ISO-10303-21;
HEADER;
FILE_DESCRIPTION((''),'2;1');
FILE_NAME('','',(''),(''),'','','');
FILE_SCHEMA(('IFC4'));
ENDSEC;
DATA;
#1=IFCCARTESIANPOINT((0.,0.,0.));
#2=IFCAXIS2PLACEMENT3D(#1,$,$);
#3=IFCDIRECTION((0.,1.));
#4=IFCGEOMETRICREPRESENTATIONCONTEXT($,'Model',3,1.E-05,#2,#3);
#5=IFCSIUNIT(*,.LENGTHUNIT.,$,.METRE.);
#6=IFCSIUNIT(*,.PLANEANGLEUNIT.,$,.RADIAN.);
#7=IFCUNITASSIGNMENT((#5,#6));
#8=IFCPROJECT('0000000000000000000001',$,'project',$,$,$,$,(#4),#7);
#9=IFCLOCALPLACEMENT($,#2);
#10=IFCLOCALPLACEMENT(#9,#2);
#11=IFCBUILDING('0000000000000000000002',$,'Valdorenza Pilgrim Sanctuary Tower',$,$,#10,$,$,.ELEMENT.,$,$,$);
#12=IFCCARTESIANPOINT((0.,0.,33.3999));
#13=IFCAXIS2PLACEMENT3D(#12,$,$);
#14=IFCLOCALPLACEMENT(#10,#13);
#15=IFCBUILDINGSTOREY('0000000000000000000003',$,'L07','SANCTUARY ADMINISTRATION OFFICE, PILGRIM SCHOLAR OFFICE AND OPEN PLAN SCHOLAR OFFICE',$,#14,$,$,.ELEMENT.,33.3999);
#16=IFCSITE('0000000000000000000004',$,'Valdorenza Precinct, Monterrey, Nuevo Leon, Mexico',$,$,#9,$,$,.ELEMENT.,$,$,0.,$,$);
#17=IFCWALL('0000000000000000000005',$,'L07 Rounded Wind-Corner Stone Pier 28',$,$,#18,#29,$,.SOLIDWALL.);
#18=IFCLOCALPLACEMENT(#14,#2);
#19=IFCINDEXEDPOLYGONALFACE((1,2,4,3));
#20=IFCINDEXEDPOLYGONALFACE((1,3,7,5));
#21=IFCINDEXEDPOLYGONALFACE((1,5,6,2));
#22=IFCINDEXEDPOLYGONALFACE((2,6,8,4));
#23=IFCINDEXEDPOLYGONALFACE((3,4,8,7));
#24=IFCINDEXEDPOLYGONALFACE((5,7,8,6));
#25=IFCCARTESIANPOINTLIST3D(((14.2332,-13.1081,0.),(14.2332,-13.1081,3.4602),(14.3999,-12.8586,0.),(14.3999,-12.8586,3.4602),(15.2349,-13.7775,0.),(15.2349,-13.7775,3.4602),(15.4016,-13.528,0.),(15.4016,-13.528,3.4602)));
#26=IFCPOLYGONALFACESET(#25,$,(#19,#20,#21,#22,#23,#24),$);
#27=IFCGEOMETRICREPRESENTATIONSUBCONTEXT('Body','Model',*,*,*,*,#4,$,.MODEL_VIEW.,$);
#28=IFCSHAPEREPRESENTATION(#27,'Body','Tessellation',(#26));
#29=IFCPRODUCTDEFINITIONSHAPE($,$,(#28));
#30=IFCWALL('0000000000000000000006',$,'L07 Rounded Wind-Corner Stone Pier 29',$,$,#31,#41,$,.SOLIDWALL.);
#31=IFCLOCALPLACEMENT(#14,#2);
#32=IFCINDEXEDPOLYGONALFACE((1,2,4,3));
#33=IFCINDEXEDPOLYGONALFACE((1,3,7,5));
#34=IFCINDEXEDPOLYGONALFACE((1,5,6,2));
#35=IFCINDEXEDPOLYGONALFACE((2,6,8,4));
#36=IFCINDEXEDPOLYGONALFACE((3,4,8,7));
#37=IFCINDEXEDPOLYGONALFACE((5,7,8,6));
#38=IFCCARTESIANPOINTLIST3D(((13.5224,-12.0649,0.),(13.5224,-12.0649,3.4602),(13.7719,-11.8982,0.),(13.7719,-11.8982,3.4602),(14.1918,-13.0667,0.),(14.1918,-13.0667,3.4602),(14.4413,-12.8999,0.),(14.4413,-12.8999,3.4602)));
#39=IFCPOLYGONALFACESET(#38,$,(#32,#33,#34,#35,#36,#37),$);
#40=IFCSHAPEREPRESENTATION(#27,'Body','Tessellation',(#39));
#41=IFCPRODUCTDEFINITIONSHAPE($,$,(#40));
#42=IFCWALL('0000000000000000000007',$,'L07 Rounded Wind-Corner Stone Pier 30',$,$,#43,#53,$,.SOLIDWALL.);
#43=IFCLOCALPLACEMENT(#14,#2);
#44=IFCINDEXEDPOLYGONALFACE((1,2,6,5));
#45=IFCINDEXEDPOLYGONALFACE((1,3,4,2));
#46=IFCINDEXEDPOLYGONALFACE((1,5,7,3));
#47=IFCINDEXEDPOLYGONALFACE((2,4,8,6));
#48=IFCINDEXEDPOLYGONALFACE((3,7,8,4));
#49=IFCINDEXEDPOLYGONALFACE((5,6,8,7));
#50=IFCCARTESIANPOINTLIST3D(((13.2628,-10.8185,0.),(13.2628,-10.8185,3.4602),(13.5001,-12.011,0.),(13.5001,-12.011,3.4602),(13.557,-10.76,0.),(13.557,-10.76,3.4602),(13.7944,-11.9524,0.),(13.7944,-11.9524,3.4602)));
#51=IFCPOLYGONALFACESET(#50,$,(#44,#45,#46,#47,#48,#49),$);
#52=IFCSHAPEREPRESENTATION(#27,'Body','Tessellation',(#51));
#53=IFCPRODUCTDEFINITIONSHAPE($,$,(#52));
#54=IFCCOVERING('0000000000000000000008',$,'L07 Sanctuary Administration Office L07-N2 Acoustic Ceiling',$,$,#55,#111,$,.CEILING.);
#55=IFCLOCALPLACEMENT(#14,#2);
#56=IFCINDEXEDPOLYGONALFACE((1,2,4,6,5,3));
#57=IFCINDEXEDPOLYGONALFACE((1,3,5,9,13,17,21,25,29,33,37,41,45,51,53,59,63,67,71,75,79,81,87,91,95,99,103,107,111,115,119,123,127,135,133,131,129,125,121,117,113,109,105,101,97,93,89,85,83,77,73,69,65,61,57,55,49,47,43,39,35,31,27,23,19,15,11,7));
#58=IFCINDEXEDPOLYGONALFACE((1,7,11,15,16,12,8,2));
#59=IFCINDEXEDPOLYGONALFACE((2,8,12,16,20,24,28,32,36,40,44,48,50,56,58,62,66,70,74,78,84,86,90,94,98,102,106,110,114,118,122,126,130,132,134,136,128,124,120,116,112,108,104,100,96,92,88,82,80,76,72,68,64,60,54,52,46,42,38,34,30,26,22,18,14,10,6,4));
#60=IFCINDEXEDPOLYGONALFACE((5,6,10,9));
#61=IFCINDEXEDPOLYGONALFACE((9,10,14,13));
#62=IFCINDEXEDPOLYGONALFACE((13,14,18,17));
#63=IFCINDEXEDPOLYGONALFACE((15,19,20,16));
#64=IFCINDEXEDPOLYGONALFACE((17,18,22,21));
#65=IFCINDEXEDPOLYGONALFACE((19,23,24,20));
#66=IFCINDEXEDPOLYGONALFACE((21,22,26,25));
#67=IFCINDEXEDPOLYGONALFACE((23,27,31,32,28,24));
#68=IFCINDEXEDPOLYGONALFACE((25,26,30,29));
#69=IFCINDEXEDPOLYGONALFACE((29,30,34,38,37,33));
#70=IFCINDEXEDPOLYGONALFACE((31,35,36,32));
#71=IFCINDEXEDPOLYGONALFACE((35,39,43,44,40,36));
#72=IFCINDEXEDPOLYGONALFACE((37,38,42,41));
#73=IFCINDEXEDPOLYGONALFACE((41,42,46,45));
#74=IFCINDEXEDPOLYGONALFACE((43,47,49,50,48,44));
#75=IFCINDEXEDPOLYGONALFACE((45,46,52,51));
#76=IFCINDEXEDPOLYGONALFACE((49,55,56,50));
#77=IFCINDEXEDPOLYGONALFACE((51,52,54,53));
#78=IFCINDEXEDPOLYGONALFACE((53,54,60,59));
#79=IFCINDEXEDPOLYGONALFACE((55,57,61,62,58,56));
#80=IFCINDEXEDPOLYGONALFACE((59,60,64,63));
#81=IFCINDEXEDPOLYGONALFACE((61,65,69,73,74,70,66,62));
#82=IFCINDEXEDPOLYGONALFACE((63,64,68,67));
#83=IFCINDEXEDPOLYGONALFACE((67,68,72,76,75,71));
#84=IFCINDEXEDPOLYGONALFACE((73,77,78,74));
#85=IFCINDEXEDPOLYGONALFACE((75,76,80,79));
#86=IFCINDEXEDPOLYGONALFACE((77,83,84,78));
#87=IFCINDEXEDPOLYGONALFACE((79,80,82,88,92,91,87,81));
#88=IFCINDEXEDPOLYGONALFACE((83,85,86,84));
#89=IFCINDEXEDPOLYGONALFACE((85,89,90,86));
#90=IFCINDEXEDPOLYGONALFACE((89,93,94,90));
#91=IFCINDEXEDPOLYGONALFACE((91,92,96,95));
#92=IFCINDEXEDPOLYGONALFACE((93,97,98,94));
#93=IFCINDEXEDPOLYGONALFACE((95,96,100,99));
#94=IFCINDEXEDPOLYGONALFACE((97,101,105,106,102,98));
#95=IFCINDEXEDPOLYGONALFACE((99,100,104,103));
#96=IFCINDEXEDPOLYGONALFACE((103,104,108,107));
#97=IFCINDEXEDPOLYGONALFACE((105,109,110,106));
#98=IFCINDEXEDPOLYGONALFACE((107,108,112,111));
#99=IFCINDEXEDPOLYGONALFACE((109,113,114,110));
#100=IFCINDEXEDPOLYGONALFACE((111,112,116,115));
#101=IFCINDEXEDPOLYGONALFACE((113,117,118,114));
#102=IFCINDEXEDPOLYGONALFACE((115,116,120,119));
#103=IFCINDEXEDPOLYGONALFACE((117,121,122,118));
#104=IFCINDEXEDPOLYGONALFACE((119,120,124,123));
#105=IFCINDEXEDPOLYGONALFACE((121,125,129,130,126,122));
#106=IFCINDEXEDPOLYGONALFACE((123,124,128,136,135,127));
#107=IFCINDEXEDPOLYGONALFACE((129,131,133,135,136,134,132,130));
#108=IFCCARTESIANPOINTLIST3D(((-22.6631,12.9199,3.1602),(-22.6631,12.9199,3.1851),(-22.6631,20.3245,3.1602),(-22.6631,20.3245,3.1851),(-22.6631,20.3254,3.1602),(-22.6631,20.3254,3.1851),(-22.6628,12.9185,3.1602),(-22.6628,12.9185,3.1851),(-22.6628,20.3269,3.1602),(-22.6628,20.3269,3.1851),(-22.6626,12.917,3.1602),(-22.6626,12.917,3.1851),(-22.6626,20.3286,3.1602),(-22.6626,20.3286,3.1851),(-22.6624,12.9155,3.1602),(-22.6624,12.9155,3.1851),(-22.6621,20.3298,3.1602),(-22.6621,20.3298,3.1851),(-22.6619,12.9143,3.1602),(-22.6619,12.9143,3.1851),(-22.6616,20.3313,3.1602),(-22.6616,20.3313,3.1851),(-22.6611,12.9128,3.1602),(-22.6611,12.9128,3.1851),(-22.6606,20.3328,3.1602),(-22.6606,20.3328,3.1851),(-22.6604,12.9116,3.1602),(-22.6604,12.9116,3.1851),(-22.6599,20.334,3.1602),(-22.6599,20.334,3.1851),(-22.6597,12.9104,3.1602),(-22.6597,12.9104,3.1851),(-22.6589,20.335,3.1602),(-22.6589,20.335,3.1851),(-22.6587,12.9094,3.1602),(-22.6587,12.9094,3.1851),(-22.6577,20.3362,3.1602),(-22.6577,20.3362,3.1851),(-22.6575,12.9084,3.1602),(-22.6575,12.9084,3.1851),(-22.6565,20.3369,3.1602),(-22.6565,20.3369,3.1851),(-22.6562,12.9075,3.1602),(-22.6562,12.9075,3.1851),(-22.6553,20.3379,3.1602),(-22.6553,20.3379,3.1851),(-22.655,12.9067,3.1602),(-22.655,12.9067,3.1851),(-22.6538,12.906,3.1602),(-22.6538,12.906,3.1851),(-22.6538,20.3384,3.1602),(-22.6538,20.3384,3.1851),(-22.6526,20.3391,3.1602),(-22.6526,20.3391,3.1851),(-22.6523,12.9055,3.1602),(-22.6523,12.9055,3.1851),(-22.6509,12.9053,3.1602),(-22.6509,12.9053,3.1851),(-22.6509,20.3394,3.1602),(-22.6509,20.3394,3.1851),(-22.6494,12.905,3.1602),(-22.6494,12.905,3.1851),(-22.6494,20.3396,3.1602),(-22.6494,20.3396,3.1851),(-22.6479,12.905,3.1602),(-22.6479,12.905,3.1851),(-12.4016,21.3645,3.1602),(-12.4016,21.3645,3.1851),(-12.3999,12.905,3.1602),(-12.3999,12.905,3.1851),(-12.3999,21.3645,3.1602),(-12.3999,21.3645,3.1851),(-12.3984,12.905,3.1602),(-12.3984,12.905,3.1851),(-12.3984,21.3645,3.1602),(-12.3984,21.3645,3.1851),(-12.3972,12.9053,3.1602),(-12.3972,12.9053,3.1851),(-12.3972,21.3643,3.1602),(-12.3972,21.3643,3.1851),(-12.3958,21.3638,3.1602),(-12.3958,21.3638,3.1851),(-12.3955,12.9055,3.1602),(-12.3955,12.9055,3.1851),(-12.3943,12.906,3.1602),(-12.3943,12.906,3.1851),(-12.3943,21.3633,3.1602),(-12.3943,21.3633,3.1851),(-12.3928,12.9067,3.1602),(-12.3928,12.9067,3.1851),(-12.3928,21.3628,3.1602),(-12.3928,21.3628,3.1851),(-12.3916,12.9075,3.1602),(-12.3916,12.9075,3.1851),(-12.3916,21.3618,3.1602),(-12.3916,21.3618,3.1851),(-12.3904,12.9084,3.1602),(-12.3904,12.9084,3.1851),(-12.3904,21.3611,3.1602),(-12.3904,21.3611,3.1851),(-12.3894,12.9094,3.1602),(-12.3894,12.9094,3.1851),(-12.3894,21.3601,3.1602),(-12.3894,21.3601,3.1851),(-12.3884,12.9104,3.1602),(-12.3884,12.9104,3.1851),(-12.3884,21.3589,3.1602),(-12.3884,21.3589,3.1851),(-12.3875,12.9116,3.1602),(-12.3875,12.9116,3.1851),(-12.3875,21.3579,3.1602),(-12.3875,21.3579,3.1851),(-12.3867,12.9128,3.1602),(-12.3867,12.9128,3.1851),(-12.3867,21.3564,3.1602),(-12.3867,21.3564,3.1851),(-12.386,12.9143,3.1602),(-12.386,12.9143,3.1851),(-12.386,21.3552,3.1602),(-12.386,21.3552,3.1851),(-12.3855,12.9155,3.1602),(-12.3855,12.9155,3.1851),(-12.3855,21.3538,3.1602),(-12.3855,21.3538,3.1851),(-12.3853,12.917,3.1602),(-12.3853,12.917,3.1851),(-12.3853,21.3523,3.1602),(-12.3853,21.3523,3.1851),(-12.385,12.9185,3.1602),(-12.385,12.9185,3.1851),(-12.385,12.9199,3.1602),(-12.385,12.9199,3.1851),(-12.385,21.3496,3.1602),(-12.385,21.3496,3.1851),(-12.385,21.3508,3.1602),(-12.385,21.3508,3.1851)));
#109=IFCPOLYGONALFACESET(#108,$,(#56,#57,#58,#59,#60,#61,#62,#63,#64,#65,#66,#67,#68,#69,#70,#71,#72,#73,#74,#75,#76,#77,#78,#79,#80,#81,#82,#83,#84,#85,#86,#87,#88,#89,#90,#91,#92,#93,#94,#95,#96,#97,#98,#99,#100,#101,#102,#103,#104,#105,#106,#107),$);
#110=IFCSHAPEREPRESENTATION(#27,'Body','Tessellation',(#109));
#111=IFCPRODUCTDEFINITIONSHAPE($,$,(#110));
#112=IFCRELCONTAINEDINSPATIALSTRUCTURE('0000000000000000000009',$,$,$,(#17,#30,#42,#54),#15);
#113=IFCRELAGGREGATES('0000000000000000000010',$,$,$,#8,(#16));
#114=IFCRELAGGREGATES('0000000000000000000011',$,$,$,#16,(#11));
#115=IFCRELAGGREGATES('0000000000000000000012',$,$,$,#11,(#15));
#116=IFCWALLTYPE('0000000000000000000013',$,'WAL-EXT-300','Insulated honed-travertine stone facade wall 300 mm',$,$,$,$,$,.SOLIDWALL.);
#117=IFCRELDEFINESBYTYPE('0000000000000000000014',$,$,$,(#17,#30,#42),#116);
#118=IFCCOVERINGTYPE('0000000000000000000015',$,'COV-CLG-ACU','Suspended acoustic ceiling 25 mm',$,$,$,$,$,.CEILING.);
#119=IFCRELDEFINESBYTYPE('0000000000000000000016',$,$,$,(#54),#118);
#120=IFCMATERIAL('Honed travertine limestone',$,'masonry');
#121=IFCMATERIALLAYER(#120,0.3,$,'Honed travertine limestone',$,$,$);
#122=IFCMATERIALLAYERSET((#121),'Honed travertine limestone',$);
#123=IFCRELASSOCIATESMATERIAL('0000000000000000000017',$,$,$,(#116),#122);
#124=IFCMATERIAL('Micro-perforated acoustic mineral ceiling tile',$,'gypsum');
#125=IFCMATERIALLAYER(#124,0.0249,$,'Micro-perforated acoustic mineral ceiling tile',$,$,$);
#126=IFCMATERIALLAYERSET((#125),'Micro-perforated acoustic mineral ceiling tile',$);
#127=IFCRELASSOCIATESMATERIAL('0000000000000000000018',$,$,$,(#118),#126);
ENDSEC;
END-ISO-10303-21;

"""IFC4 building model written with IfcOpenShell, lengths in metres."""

from ifc_helpers import new_model, si_unit, direction, frame, frame_2d, origin, place, context, subcontext, project, spatial, polyline, rectangle, outline, extrude, material, layer, layer_set, type_object, element, save


model = new_model("IFC4")

# Units and contexts
model_context = context("Model", 3, precision=1e-05, world=origin(), true_north=direction((0.0, 1.0)))
body_context = subcontext(model_context, "Body", "Model", "MODEL_VIEW")
ifc_project = project(units=[si_unit("LENGTHUNIT", "METRE"), si_unit("PLANEANGLEUNIT", "RADIAN")], contexts=[model_context])

# Site, building, storey
site_placement = place(None, origin())
site = spatial("IfcSite", under=ifc_project, at=site_placement, Name="Valdorenza Precinct, Monterrey, Nuevo Leon, Mexico", CompositionType="ELEMENT", RefElevation=0.0)
building_placement = place(site_placement, origin())
building = spatial("IfcBuilding", under=site, at=building_placement, Name="Valdorenza Pilgrim Sanctuary Tower", CompositionType="ELEMENT")
storey_placement = place(building_placement, frame((0.0, 0.0, 33.3999)))
storey = spatial("IfcBuildingStorey", under=building, at=storey_placement, Name="L07", Description="SANCTUARY ADMINISTRATION OFFICE, PILGRIM SCHOLAR OFFICE AND OPEN PLAN SCHOLAR OFFICE", CompositionType="ELEMENT", Elevation=33.3999)

# Shared definitions
ifc_material_1 = material(Name="Honed travertine limestone", Category="masonry")

# Walls
ifc_layer_1 = layer(ifc_material_1, 0.3, Name="Honed travertine limestone")
ifc_layer_set_1 = layer_set([ifc_layer_1], Name="Honed travertine limestone")
wall_type_1 = type_object("IfcWallType", Name="WAL-EXT-300", Description="Insulated honed-travertine stone facade wall 300 mm", PredefinedType="SOLIDWALL", material=ifc_layer_set_1)
for number, where, z_axis, x_axis, name in (
    (1, (15.3184, -13.6528, 0.0), (0.0, 0.0, 1.0), (-0.831426, 0.555635, 0.0), "L07 Rounded Wind-Corner Stone Pier 28"),
    (2, (14.3167, -12.9834, 0.0), (0.0, 0.0, 1.0), (-0.555635, 0.831426, 0.0), "L07 Rounded Wind-Corner Stone Pier 29"),
):
    element("IfcWall", number, at=place(storey_placement, frame(where, z_axis=z_axis, x_axis=x_axis)), inside=storey, type_object=wall_type_1, Name=name, PredefinedType="SOLIDWALL", context=body_context, shape_type="SweptSolid", body=[
        extrude(rectangle(XDim=1.2048, YDim=0.3, at=frame_2d((0.6025, 0.0))), origin(), (0.0, 0.0, 1.0), 3.4602),
    ])
wall_1_placement = place(storey_placement, frame((13.6472, -11.9817, 0.0), z_axis=(0.0, 0.0, 1.0), x_axis=(-0.195189, 0.980766, 0.0)))
element("IfcWall", 3, at=wall_1_placement, inside=storey, type_object=wall_type_1, Name="L07 Rounded Wind-Corner Stone Pier 30", PredefinedType="SOLIDWALL", context=body_context, shape_type="SweptSolid", body=[
    extrude(rectangle(XDim=1.2158, YDim=0.3, at=frame_2d((0.6079, 0.0))), origin(), (0.0, 0.0, 1.0), 3.4602),
])

# Covering
ifc_material_2 = material(Name="Micro-perforated acoustic mineral ceiling tile", Category="gypsum")
ifc_layer_2 = layer(ifc_material_2, 0.0249, Name="Micro-perforated acoustic mineral ceiling tile")
ifc_layer_set_2 = layer_set([ifc_layer_2], Name="Micro-perforated acoustic mineral ceiling tile")
covering_type_1 = type_object("IfcCoveringType", Name="COV-CLG-ACU", Description="Suspended acoustic ceiling 25 mm", PredefinedType="CEILING", material=ifc_layer_set_2)
covering_1_placement = place(storey_placement, frame((0.0, 0.0, 3.1602)))
element("IfcCovering", 4, at=covering_1_placement, inside=storey, type_object=covering_type_1, Name="L07 Sanctuary Administration Office L07-N2 Acoustic Ceiling", PredefinedType="CEILING", context=body_context, shape_type="SweptSolid", body=[
    extrude(outline(polyline([(-22.6631, 20.3245), (-22.6631, 20.3254), (-22.6628, 20.3269), (-22.6626, 20.3286), (-22.6621, 20.3298), (-22.6616, 20.3313), (-22.6606, 20.3328), (-22.6599, 20.334), (-22.6589, 20.335), (-22.6577, 20.3362), (-22.6565, 20.3369), (-22.6553, 20.3379), (-22.6538, 20.3384), (-22.6526, 20.3391), (-22.6509, 20.3394), (-22.6494, 20.3396), (-12.4016, 21.3645), (-12.3999, 21.3645), (-12.3984, 21.3645), (-12.3972, 21.3643), (-12.3958, 21.3638), (-12.3943, 21.3633), (-12.3928, 21.3628), (-12.3916, 21.3618), (-12.3904, 21.3611), (-12.3894, 21.3601), (-12.3884, 21.3589), (-12.3875, 21.3579), (-12.3867, 21.3564), (-12.386, 21.3552), (-12.3855, 21.3538), (-12.3853, 21.3523), (-12.385, 21.3508), (-12.385, 21.3496), (-12.385, 12.9199), (-12.385, 12.9185), (-12.3853, 12.917), (-12.3855, 12.9155), (-12.386, 12.9143), (-12.3867, 12.9128), (-12.3875, 12.9116), (-12.3884, 12.9104), (-12.3894, 12.9094), (-12.3904, 12.9084), (-12.3916, 12.9075), (-12.3928, 12.9067), (-12.3943, 12.906), (-12.3955, 12.9055), (-12.3972, 12.9053), (-12.3984, 12.905), (-12.3999, 12.905), (-22.6479, 12.905), (-22.6494, 12.905), (-22.6509, 12.9053), (-22.6523, 12.9055), (-22.6538, 12.906), (-22.655, 12.9067), (-22.6562, 12.9075), (-22.6575, 12.9084), (-22.6587, 12.9094), (-22.6597, 12.9104), (-22.6604, 12.9116), (-22.6611, 12.9128), (-22.6619, 12.9143), (-22.6624, 12.9155), (-22.6626, 12.917), (-22.6628, 12.9185), (-22.6631, 12.9199), (-22.6631, 20.3245), (-22.6631, 20.3245)])), origin(), (0.0, 0.0, 1.0), 0.0249),
])

save(model, "model.ifc")
